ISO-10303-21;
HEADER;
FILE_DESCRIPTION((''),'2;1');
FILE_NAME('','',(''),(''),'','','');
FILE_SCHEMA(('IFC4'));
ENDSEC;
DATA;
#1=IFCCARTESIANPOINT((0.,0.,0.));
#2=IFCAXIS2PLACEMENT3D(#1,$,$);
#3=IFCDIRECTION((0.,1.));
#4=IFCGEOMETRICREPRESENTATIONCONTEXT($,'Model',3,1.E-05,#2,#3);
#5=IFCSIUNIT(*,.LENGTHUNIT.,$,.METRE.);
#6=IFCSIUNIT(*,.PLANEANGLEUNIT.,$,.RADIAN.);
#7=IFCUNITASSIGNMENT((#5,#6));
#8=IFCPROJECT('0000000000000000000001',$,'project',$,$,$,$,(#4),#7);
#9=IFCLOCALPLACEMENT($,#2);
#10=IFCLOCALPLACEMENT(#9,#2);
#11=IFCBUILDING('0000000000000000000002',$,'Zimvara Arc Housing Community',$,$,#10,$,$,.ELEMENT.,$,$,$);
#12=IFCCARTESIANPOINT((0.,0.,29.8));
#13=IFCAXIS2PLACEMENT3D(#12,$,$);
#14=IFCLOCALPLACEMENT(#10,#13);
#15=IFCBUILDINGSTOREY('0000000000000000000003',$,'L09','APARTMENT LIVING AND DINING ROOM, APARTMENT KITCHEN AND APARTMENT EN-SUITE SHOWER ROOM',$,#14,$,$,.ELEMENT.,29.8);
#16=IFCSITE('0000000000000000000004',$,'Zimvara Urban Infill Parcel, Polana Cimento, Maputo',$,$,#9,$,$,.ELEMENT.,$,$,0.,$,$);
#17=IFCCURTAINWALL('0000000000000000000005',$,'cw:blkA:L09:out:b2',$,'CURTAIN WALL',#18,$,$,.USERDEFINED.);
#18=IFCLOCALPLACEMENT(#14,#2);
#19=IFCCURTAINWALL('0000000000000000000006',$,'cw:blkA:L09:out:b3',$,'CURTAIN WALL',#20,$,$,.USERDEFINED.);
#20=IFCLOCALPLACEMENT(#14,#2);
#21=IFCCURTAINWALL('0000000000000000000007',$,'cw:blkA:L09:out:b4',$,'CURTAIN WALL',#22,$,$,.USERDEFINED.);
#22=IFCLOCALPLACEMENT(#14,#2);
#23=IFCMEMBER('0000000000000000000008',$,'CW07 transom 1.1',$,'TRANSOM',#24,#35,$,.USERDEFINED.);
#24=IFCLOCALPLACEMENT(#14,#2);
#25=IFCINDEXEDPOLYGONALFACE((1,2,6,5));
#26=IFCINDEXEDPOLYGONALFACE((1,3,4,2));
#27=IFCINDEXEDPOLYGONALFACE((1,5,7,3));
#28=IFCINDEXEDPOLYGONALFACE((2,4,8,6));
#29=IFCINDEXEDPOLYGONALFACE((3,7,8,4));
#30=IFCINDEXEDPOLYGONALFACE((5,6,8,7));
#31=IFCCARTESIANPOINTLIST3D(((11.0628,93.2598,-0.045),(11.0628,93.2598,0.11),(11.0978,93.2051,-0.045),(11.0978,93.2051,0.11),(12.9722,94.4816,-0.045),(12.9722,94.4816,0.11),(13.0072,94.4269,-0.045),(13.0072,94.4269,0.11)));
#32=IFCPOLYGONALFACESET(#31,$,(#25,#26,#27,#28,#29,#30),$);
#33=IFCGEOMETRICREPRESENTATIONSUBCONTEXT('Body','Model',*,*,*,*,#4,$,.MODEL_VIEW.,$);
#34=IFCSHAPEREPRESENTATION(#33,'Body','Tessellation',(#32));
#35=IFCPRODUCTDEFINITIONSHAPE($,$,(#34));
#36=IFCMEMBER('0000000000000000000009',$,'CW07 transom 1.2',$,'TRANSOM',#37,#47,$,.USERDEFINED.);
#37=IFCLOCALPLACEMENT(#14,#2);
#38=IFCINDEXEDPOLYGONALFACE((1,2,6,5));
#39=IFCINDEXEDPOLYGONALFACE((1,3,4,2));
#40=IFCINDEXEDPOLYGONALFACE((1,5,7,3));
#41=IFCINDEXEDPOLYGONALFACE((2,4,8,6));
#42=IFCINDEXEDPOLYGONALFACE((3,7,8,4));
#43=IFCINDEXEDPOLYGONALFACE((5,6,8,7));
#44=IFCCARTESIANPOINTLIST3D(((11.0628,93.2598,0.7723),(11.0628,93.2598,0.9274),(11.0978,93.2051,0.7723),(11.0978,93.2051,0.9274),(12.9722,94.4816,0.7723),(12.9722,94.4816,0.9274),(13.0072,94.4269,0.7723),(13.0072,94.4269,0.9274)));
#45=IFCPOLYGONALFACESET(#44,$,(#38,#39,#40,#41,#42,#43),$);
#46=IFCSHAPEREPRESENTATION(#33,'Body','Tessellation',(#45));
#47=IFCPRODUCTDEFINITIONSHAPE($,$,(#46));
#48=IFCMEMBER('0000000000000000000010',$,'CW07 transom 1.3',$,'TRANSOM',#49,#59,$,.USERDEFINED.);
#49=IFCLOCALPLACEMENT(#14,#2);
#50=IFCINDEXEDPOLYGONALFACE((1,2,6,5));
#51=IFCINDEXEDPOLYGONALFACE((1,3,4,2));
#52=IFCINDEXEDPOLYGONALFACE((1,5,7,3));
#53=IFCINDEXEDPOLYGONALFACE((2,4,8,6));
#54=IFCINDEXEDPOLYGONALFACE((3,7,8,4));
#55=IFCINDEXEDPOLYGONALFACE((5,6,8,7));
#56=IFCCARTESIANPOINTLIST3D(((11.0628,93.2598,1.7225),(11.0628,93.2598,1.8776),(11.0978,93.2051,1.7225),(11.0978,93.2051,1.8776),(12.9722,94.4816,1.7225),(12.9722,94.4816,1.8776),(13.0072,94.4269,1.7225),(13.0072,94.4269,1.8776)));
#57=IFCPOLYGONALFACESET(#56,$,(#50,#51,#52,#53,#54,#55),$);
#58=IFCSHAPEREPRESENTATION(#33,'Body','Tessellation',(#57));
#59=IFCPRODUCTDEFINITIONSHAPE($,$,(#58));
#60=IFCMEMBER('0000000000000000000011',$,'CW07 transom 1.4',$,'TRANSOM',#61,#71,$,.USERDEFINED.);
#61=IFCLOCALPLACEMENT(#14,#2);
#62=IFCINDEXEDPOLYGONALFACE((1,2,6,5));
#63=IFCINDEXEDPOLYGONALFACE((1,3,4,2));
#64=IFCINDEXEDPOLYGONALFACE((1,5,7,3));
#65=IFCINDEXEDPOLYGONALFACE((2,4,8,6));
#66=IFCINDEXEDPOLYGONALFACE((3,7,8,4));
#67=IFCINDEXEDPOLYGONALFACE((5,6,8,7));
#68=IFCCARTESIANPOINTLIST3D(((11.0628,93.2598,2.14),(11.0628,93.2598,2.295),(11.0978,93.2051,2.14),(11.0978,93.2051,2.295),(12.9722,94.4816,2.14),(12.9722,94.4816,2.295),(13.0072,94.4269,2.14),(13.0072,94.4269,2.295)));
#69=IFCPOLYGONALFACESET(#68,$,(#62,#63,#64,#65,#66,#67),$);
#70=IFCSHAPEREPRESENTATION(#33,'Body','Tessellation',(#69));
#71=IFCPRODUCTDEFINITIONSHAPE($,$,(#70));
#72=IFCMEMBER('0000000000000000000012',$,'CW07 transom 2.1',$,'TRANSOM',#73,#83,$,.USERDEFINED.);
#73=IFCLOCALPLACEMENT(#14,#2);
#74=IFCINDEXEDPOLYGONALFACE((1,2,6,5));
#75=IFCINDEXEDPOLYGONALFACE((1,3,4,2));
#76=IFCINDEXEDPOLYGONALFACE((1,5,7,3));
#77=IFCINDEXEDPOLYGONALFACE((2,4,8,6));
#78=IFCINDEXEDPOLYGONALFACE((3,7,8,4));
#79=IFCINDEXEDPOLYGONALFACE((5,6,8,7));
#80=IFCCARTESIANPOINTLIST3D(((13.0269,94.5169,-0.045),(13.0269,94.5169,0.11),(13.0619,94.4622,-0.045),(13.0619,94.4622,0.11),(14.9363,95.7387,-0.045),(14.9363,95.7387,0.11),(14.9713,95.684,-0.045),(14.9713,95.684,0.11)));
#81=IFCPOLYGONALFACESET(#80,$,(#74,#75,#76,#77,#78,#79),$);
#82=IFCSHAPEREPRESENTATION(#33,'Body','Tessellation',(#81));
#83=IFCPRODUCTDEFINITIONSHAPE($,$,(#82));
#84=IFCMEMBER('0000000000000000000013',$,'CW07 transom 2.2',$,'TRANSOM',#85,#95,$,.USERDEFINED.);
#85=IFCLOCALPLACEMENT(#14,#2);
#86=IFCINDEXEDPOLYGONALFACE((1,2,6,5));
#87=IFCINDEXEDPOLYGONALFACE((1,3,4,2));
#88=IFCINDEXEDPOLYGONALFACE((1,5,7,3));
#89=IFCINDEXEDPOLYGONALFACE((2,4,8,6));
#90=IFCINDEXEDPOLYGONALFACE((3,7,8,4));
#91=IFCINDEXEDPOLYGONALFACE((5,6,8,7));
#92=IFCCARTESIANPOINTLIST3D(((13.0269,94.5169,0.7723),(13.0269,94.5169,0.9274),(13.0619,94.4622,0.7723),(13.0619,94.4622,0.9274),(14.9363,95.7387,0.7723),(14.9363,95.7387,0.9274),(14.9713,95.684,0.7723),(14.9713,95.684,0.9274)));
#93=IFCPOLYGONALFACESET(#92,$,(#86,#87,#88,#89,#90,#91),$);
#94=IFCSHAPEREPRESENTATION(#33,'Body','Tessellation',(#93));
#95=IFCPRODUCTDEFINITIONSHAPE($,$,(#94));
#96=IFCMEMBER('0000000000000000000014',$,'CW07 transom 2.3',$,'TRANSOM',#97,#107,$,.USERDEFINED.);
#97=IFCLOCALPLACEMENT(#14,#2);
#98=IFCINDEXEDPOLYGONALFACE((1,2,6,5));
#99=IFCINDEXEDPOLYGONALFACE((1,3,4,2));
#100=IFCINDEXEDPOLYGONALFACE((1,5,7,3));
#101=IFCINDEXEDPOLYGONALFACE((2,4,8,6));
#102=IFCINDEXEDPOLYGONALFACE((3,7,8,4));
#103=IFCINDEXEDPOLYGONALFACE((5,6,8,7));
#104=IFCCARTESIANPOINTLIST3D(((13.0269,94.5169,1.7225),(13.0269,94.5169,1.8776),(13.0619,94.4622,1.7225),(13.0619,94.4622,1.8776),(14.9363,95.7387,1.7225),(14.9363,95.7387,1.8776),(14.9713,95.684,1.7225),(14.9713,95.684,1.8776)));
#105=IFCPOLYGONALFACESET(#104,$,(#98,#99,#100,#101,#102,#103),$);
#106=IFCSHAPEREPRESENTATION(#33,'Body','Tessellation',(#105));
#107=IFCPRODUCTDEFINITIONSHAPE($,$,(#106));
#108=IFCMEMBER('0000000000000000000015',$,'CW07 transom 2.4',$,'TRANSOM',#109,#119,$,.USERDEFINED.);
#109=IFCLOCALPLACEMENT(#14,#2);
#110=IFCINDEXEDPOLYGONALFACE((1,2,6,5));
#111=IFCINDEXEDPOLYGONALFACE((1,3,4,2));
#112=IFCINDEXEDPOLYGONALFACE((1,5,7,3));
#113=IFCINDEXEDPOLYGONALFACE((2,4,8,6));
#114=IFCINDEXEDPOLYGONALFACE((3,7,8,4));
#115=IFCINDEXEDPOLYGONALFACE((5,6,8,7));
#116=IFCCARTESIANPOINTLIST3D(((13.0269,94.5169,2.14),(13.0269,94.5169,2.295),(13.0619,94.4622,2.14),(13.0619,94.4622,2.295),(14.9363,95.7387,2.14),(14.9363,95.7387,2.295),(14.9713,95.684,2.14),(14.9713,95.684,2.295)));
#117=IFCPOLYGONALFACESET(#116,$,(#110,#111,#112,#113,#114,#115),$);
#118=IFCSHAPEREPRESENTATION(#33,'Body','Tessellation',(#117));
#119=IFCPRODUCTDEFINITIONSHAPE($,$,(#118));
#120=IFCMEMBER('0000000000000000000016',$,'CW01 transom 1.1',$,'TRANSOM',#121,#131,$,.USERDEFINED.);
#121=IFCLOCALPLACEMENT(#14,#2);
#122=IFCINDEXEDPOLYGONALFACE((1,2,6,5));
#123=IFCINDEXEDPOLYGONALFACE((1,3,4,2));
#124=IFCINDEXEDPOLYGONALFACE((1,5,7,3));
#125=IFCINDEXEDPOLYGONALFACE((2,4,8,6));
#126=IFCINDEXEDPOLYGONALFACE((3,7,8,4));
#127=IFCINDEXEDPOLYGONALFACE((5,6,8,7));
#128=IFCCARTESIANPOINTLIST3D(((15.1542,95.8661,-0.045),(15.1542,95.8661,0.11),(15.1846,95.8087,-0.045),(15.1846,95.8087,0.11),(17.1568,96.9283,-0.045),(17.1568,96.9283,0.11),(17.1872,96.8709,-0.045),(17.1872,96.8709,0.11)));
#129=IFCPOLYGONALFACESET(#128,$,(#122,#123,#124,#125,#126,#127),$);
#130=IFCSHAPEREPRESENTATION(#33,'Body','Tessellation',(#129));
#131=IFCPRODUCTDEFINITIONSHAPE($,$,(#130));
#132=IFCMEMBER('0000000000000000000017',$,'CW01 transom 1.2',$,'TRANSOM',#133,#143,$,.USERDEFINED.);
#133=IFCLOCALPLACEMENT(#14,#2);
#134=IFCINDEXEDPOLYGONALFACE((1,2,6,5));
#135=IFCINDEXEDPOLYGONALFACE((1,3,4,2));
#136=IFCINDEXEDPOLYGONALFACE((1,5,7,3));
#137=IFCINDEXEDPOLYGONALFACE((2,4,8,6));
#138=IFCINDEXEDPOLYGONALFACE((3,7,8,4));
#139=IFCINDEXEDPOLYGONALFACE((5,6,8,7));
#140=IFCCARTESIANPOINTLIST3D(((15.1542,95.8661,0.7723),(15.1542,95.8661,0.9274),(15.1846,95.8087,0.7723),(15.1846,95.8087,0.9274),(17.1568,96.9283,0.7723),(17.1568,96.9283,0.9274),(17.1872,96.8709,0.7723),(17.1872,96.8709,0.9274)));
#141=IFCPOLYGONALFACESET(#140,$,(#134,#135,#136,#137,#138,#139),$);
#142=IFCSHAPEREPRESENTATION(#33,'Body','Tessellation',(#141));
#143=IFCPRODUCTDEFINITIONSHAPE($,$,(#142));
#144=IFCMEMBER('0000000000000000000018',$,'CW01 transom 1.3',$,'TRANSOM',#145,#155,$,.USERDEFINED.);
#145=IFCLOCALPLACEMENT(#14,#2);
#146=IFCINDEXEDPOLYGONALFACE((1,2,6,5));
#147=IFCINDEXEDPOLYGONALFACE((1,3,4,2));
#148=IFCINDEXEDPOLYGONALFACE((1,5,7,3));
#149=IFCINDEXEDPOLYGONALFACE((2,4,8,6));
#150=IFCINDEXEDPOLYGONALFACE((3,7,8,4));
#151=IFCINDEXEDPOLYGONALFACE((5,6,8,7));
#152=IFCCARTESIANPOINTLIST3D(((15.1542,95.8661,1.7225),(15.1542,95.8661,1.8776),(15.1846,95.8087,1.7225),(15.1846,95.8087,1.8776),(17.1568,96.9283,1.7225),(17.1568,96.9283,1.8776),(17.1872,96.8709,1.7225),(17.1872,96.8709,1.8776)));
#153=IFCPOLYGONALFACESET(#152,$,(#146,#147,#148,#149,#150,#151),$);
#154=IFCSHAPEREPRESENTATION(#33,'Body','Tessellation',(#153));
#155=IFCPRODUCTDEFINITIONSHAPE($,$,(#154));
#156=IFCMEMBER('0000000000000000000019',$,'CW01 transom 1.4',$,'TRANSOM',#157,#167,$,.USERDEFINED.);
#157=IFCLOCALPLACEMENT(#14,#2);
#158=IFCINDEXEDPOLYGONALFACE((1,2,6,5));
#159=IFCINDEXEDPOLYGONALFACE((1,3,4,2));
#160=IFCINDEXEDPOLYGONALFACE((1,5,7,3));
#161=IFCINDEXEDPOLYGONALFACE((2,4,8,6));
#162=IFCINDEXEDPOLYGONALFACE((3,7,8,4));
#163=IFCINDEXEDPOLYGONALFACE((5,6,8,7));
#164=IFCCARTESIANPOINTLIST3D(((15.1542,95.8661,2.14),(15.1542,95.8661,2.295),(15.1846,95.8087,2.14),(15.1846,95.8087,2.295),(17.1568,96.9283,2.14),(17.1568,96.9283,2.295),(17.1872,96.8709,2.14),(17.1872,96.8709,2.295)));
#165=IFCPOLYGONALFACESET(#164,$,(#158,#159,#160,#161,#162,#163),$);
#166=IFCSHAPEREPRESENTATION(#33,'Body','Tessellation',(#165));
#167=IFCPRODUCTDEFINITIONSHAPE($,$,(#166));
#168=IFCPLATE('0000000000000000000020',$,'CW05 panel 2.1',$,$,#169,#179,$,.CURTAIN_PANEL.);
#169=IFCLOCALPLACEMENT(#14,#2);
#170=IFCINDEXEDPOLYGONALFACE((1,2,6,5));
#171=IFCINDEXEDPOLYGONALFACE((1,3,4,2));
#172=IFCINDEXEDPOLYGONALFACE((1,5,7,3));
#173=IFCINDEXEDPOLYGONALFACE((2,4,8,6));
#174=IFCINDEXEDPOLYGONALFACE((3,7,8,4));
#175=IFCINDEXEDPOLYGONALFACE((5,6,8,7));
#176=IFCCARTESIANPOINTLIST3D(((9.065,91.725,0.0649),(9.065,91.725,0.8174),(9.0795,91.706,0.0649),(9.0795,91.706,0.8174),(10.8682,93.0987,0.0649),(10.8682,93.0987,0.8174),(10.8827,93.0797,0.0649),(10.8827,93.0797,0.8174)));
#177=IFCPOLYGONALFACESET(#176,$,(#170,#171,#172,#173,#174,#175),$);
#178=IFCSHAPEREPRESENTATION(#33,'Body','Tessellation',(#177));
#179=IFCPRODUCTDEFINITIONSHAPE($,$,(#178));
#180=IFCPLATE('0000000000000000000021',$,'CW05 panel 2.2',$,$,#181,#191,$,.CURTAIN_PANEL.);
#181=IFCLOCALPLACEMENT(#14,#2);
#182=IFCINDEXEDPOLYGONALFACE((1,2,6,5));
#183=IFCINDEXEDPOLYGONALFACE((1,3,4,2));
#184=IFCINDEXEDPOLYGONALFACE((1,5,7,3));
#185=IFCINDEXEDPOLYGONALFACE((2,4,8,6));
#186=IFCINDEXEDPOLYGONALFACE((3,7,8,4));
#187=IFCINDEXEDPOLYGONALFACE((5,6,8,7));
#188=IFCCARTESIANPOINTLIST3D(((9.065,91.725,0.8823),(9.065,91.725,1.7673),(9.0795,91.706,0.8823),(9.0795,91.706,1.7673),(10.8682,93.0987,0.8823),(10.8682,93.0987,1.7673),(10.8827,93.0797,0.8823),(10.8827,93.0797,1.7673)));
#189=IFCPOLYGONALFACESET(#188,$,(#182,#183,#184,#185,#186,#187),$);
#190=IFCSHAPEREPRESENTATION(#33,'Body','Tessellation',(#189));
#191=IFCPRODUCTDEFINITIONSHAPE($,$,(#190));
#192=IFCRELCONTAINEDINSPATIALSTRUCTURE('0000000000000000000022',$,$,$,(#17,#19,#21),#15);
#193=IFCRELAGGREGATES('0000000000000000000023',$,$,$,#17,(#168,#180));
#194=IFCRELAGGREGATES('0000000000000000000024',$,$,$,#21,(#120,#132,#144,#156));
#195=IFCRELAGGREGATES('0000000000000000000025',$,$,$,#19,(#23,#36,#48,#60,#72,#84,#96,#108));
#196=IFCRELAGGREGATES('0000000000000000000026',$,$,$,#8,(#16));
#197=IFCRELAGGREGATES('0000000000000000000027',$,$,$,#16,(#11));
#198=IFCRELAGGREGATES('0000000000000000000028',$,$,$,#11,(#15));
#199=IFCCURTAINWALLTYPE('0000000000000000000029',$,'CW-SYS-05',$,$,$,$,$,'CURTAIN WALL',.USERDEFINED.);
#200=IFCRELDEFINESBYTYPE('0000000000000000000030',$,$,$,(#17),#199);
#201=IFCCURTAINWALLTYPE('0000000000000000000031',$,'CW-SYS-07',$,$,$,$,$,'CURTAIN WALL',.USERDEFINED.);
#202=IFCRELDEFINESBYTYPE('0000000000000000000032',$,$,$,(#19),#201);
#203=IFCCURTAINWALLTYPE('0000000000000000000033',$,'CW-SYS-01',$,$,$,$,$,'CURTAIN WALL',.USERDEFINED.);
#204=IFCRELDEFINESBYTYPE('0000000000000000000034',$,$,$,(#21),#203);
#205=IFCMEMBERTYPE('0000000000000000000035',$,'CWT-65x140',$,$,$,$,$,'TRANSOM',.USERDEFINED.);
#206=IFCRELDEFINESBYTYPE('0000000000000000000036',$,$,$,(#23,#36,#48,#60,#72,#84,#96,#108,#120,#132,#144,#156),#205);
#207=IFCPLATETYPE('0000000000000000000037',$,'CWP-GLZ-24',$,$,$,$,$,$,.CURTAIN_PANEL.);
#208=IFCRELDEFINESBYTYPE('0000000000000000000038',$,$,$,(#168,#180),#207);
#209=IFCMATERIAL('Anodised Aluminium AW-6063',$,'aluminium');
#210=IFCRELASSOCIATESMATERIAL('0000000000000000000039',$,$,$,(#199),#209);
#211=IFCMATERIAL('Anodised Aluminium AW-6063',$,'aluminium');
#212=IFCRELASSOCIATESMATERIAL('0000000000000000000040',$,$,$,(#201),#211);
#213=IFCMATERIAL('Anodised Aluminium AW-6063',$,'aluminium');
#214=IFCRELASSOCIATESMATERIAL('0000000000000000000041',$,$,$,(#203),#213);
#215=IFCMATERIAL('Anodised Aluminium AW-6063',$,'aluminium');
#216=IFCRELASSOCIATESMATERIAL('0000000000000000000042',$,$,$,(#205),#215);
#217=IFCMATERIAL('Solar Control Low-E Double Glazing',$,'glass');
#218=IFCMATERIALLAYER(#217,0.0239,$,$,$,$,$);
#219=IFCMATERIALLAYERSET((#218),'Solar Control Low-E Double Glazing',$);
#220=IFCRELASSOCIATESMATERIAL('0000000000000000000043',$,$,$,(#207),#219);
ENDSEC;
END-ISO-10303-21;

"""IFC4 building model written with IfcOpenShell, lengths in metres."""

from ifc_helpers import new_model, si_unit, direction, frame, origin, origin_2d, place, context, subcontext, project, spatial, rectangle, extrude, material, layer, layer_set, material_profile, profile_set, type_object, element, aggregate, save


model = new_model("IFC4")

# Units and contexts
model_context = context("Model", 3, precision=1e-05, world=origin(), true_north=direction((0.0, 1.0)))
body_context = subcontext(model_context, "Body", "Model", "MODEL_VIEW")
ifc_project = project(units=[si_unit("LENGTHUNIT", "METRE"), si_unit("PLANEANGLEUNIT", "RADIAN")], contexts=[model_context])

# Site, building, storey
site_placement = place(None, origin())
site = spatial("IfcSite", under=ifc_project, at=site_placement, Name="Zimvara Urban Infill Parcel, Polana Cimento, Maputo", CompositionType="ELEMENT", RefElevation=0.0)
building_placement = place(site_placement, origin())
building = spatial("IfcBuilding", under=site, at=building_placement, Name="Zimvara Arc Housing Community", CompositionType="ELEMENT")
storey_placement = place(building_placement, frame((0.0, 0.0, 29.8)))
storey = spatial("IfcBuildingStorey", under=building, at=storey_placement, Name="L09", Description="APARTMENT LIVING AND DINING ROOM, APARTMENT KITCHEN AND APARTMENT EN-SUITE SHOWER ROOM", CompositionType="ELEMENT", Elevation=29.8)

# Curtain walls
ifc_material_1 = material(Name="Anodised Aluminium AW-6063", Category="aluminium")
curtain_wall_type_1 = type_object("IfcCurtainWallType", Name="CW-SYS-05", ElementType="CURTAIN WALL", PredefinedType="USERDEFINED", material=ifc_material_1)
curtain_wall_1_placement = place(storey_placement, origin())
curtain_wall_1 = element("IfcCurtainWall", 1, at=curtain_wall_1_placement, inside=storey, type_object=curtain_wall_type_1, Name="cw:blkA:L09:out:b2", ObjectType="CURTAIN WALL", PredefinedType="USERDEFINED")
ifc_material_2 = material(Name="Anodised Aluminium AW-6063", Category="aluminium")
curtain_wall_type_2 = type_object("IfcCurtainWallType", Name="CW-SYS-07", ElementType="CURTAIN WALL", PredefinedType="USERDEFINED", material=ifc_material_2)
curtain_wall_2_placement = place(storey_placement, origin())
curtain_wall_2 = element("IfcCurtainWall", 2, at=curtain_wall_2_placement, inside=storey, type_object=curtain_wall_type_2, Name="cw:blkA:L09:out:b3", ObjectType="CURTAIN WALL", PredefinedType="USERDEFINED")

# Curtain wall
ifc_material_3 = material(Name="Anodised Aluminium AW-6063", Category="aluminium")
curtain_wall_type_3 = type_object("IfcCurtainWallType", Name="CW-SYS-01", ElementType="CURTAIN WALL", PredefinedType="USERDEFINED", material=ifc_material_3)
curtain_wall_3_placement = place(storey_placement, origin())
curtain_wall_3 = element("IfcCurtainWall", 3, at=curtain_wall_3_placement, inside=storey, type_object=curtain_wall_type_3, Name="cw:blkA:L09:out:b4", ObjectType="CURTAIN WALL", PredefinedType="USERDEFINED")

# Members
ifc_material_4 = material(Name="Anodised Aluminium AW-6063", Category="aluminium")
ifc_material_profile_1 = material_profile(ifc_material_4, rectangle(XDim=0.0649, YDim=0.155, at=origin_2d()), Name="ALU 65x155")
ifc_profile_set_1 = profile_set([ifc_material_profile_1], Name="Anodised Aluminium AW-6063")
member_type_1 = type_object("IfcMemberType", Name="CWT-65x140", ElementType="TRANSOM", PredefinedType="USERDEFINED", material=ifc_profile_set_1)
member_1_placement = place(storey_placement, frame((11.0803, 93.2324, 0.0325), z_axis=(0.842293, 0.53902, 0.0), x_axis=(-0.53902, 0.842293, 0.0)))
member_1 = element("IfcMember", 4, at=member_1_placement, type_object=member_type_1, Name="CW07 transom 1.1", ObjectType="TRANSOM", PredefinedType="USERDEFINED", context=body_context, shape_type="SweptSolid", body=[
    extrude(rectangle(XDim=0.0649, YDim=0.155, at=origin_2d()), origin(), (0.0, 0.0, 1.0), 2.2668),
])
member_2_placement = place(storey_placement, frame((11.0803, 93.2324, 0.8499), z_axis=(0.842293, 0.53902, 0.0), x_axis=(-0.53902, 0.842293, 0.0)))
member_2 = element("IfcMember", 5, at=member_2_placement, type_object=member_type_1, Name="CW07 transom 1.2", ObjectType="TRANSOM", PredefinedType="USERDEFINED", context=body_context, shape_type="SweptSolid", body=[
    extrude(rectangle(XDim=0.0649, YDim=0.155, at=origin_2d()), origin(), (0.0, 0.0, 1.0), 2.2668),
])
member_3_placement = place(storey_placement, frame((11.0803, 93.2324, 1.8), z_axis=(0.842293, 0.53902, 0.0), x_axis=(-0.53902, 0.842293, 0.0)))
member_3 = element("IfcMember", 6, at=member_3_placement, type_object=member_type_1, Name="CW07 transom 1.3", ObjectType="TRANSOM", PredefinedType="USERDEFINED", context=body_context, shape_type="SweptSolid", body=[
    extrude(rectangle(XDim=0.0649, YDim=0.155, at=origin_2d()), origin(), (0.0, 0.0, 1.0), 2.2668),
])
member_4_placement = place(storey_placement, frame((11.0803, 93.2324, 2.2175), z_axis=(0.842293, 0.53902, 0.0), x_axis=(-0.53902, 0.842293, 0.0)))
member_4 = element("IfcMember", 7, at=member_4_placement, type_object=member_type_1, Name="CW07 transom 1.4", ObjectType="TRANSOM", PredefinedType="USERDEFINED", context=body_context, shape_type="SweptSolid", body=[
    extrude(rectangle(XDim=0.0649, YDim=0.155, at=origin_2d()), origin(), (0.0, 0.0, 1.0), 2.2668),
])
member_5_placement = place(storey_placement, frame((13.0444, 94.4895, 0.0325), z_axis=(0.842293, 0.53902, 0.0), x_axis=(-0.53902, 0.842293, 0.0)))
member_5 = element("IfcMember", 8, at=member_5_placement, type_object=member_type_1, Name="CW07 transom 2.1", ObjectType="TRANSOM", PredefinedType="USERDEFINED", context=body_context, shape_type="SweptSolid", body=[
    extrude(rectangle(XDim=0.0649, YDim=0.155, at=origin_2d()), origin(), (0.0, 0.0, 1.0), 2.2668),
])
member_6_placement = place(storey_placement, frame((13.0444, 94.4895, 0.8499), z_axis=(0.842293, 0.53902, 0.0), x_axis=(-0.53902, 0.842293, 0.0)))
member_6 = element("IfcMember", 9, at=member_6_placement, type_object=member_type_1, Name="CW07 transom 2.2", ObjectType="TRANSOM", PredefinedType="USERDEFINED", context=body_context, shape_type="SweptSolid", body=[
    extrude(rectangle(XDim=0.0649, YDim=0.155, at=origin_2d()), origin(), (0.0, 0.0, 1.0), 2.2668),
])
member_7_placement = place(storey_placement, frame((13.0444, 94.4895, 1.8), z_axis=(0.842293, 0.53902, 0.0), x_axis=(-0.53902, 0.842293, 0.0)))
member_7 = element("IfcMember", 10, at=member_7_placement, type_object=member_type_1, Name="CW07 transom 2.3", ObjectType="TRANSOM", PredefinedType="USERDEFINED", context=body_context, shape_type="SweptSolid", body=[
    extrude(rectangle(XDim=0.0649, YDim=0.155, at=origin_2d()), origin(), (0.0, 0.0, 1.0), 2.2668),
])
member_8_placement = place(storey_placement, frame((13.0444, 94.4895, 2.2175), z_axis=(0.842293, 0.53902, 0.0), x_axis=(-0.53902, 0.842293, 0.0)))
member_8 = element("IfcMember", 11, at=member_8_placement, type_object=member_type_1, Name="CW07 transom 2.4", ObjectType="TRANSOM", PredefinedType="USERDEFINED", context=body_context, shape_type="SweptSolid", body=[
    extrude(rectangle(XDim=0.0649, YDim=0.155, at=origin_2d()), origin(), (0.0, 0.0, 1.0), 2.2668),
])
member_9_placement = place(storey_placement, frame((15.1694, 95.8374, 0.0325), z_axis=(0.883421, 0.46858, 0.0), x_axis=(-0.46858, 0.883421, 0.0)))
member_9 = element("IfcMember", 12, at=member_9_placement, type_object=member_type_1, Name="CW01 transom 1.1", ObjectType="TRANSOM", PredefinedType="USERDEFINED", context=body_context, shape_type="SweptSolid", body=[
    extrude(rectangle(XDim=0.0649, YDim=0.155, at=origin_2d()), origin(), (0.0, 0.0, 1.0), 2.2668),
])
member_10_placement = place(storey_placement, frame((15.1694, 95.8374, 0.8499), z_axis=(0.883421, 0.46858, 0.0), x_axis=(-0.46858, 0.883421, 0.0)))
member_10 = element("IfcMember", 13, at=member_10_placement, type_object=member_type_1, Name="CW01 transom 1.2", ObjectType="TRANSOM", PredefinedType="USERDEFINED", context=body_context, shape_type="SweptSolid", body=[
    extrude(rectangle(XDim=0.0649, YDim=0.155, at=origin_2d()), origin(), (0.0, 0.0, 1.0), 2.2668),
])
member_11_placement = place(storey_placement, frame((15.1694, 95.8374, 1.8), z_axis=(0.883421, 0.46858, 0.0), x_axis=(-0.46858, 0.883421, 0.0)))
member_11 = element("IfcMember", 14, at=member_11_placement, type_object=member_type_1, Name="CW01 transom 1.3", ObjectType="TRANSOM", PredefinedType="USERDEFINED", context=body_context, shape_type="SweptSolid", body=[
    extrude(rectangle(XDim=0.0649, YDim=0.155, at=origin_2d()), origin(), (0.0, 0.0, 1.0), 2.2668),
])
member_12_placement = place(storey_placement, frame((15.1694, 95.8374, 2.2175), z_axis=(0.883421, 0.46858, 0.0), x_axis=(-0.46858, 0.883421, 0.0)))
member_12 = element("IfcMember", 15, at=member_12_placement, type_object=member_type_1, Name="CW01 transom 1.4", ObjectType="TRANSOM", PredefinedType="USERDEFINED", context=body_context, shape_type="SweptSolid", body=[
    extrude(rectangle(XDim=0.0649, YDim=0.155, at=origin_2d()), origin(), (0.0, 0.0, 1.0), 2.2668),
])

# Plates
ifc_material_5 = material(Name="Solar Control Low-E Double Glazing", Category="glass")
ifc_layer_1 = layer(ifc_material_5, 0.0239)
ifc_layer_set_1 = layer_set([ifc_layer_1], Name="Solar Control Low-E Double Glazing")
plate_type_1 = type_object("IfcPlateType", Name="CWP-GLZ-24", PredefinedType="CURTAIN_PANEL", material=ifc_layer_set_1)
plate_1_placement = place(storey_placement, frame((9.9739, 92.4023, 0.0649), z_axis=(0.0, 0.0, 1.0), x_axis=(0.795474, 0.605988, 0.0)))
plate_1 = element("IfcPlate", 16, at=plate_1_placement, type_object=plate_type_1, Name="CW05 panel 2.1", PredefinedType="CURTAIN_PANEL", context=body_context, shape_type="SweptSolid", body=[
    extrude(rectangle(XDim=2.2668, YDim=0.0239, at=origin_2d()), origin(), (0.0, 0.0, 1.0), 0.7524),
])
plate_2_placement = place(storey_placement, frame((9.9739, 92.4023, 0.8823), z_axis=(0.0, 0.0, 1.0), x_axis=(0.795474, 0.605988, 0.0)))
plate_2 = element("IfcPlate", 17, at=plate_2_placement, type_object=plate_type_1, Name="CW05 panel 2.2", PredefinedType="CURTAIN_PANEL", context=body_context, shape_type="SweptSolid", body=[
    extrude(rectangle(XDim=2.2668, YDim=0.0239, at=origin_2d()), origin(), (0.0, 0.0, 1.0), 0.885),
])
aggregate(curtain_wall_1, [plate_1, plate_2])
aggregate(curtain_wall_3, [member_9, member_10, member_11, member_12])
aggregate(curtain_wall_2, [member_1, member_2, member_3, member_4, member_5, member_6, member_7, member_8])

save(model, "model.ifc")
